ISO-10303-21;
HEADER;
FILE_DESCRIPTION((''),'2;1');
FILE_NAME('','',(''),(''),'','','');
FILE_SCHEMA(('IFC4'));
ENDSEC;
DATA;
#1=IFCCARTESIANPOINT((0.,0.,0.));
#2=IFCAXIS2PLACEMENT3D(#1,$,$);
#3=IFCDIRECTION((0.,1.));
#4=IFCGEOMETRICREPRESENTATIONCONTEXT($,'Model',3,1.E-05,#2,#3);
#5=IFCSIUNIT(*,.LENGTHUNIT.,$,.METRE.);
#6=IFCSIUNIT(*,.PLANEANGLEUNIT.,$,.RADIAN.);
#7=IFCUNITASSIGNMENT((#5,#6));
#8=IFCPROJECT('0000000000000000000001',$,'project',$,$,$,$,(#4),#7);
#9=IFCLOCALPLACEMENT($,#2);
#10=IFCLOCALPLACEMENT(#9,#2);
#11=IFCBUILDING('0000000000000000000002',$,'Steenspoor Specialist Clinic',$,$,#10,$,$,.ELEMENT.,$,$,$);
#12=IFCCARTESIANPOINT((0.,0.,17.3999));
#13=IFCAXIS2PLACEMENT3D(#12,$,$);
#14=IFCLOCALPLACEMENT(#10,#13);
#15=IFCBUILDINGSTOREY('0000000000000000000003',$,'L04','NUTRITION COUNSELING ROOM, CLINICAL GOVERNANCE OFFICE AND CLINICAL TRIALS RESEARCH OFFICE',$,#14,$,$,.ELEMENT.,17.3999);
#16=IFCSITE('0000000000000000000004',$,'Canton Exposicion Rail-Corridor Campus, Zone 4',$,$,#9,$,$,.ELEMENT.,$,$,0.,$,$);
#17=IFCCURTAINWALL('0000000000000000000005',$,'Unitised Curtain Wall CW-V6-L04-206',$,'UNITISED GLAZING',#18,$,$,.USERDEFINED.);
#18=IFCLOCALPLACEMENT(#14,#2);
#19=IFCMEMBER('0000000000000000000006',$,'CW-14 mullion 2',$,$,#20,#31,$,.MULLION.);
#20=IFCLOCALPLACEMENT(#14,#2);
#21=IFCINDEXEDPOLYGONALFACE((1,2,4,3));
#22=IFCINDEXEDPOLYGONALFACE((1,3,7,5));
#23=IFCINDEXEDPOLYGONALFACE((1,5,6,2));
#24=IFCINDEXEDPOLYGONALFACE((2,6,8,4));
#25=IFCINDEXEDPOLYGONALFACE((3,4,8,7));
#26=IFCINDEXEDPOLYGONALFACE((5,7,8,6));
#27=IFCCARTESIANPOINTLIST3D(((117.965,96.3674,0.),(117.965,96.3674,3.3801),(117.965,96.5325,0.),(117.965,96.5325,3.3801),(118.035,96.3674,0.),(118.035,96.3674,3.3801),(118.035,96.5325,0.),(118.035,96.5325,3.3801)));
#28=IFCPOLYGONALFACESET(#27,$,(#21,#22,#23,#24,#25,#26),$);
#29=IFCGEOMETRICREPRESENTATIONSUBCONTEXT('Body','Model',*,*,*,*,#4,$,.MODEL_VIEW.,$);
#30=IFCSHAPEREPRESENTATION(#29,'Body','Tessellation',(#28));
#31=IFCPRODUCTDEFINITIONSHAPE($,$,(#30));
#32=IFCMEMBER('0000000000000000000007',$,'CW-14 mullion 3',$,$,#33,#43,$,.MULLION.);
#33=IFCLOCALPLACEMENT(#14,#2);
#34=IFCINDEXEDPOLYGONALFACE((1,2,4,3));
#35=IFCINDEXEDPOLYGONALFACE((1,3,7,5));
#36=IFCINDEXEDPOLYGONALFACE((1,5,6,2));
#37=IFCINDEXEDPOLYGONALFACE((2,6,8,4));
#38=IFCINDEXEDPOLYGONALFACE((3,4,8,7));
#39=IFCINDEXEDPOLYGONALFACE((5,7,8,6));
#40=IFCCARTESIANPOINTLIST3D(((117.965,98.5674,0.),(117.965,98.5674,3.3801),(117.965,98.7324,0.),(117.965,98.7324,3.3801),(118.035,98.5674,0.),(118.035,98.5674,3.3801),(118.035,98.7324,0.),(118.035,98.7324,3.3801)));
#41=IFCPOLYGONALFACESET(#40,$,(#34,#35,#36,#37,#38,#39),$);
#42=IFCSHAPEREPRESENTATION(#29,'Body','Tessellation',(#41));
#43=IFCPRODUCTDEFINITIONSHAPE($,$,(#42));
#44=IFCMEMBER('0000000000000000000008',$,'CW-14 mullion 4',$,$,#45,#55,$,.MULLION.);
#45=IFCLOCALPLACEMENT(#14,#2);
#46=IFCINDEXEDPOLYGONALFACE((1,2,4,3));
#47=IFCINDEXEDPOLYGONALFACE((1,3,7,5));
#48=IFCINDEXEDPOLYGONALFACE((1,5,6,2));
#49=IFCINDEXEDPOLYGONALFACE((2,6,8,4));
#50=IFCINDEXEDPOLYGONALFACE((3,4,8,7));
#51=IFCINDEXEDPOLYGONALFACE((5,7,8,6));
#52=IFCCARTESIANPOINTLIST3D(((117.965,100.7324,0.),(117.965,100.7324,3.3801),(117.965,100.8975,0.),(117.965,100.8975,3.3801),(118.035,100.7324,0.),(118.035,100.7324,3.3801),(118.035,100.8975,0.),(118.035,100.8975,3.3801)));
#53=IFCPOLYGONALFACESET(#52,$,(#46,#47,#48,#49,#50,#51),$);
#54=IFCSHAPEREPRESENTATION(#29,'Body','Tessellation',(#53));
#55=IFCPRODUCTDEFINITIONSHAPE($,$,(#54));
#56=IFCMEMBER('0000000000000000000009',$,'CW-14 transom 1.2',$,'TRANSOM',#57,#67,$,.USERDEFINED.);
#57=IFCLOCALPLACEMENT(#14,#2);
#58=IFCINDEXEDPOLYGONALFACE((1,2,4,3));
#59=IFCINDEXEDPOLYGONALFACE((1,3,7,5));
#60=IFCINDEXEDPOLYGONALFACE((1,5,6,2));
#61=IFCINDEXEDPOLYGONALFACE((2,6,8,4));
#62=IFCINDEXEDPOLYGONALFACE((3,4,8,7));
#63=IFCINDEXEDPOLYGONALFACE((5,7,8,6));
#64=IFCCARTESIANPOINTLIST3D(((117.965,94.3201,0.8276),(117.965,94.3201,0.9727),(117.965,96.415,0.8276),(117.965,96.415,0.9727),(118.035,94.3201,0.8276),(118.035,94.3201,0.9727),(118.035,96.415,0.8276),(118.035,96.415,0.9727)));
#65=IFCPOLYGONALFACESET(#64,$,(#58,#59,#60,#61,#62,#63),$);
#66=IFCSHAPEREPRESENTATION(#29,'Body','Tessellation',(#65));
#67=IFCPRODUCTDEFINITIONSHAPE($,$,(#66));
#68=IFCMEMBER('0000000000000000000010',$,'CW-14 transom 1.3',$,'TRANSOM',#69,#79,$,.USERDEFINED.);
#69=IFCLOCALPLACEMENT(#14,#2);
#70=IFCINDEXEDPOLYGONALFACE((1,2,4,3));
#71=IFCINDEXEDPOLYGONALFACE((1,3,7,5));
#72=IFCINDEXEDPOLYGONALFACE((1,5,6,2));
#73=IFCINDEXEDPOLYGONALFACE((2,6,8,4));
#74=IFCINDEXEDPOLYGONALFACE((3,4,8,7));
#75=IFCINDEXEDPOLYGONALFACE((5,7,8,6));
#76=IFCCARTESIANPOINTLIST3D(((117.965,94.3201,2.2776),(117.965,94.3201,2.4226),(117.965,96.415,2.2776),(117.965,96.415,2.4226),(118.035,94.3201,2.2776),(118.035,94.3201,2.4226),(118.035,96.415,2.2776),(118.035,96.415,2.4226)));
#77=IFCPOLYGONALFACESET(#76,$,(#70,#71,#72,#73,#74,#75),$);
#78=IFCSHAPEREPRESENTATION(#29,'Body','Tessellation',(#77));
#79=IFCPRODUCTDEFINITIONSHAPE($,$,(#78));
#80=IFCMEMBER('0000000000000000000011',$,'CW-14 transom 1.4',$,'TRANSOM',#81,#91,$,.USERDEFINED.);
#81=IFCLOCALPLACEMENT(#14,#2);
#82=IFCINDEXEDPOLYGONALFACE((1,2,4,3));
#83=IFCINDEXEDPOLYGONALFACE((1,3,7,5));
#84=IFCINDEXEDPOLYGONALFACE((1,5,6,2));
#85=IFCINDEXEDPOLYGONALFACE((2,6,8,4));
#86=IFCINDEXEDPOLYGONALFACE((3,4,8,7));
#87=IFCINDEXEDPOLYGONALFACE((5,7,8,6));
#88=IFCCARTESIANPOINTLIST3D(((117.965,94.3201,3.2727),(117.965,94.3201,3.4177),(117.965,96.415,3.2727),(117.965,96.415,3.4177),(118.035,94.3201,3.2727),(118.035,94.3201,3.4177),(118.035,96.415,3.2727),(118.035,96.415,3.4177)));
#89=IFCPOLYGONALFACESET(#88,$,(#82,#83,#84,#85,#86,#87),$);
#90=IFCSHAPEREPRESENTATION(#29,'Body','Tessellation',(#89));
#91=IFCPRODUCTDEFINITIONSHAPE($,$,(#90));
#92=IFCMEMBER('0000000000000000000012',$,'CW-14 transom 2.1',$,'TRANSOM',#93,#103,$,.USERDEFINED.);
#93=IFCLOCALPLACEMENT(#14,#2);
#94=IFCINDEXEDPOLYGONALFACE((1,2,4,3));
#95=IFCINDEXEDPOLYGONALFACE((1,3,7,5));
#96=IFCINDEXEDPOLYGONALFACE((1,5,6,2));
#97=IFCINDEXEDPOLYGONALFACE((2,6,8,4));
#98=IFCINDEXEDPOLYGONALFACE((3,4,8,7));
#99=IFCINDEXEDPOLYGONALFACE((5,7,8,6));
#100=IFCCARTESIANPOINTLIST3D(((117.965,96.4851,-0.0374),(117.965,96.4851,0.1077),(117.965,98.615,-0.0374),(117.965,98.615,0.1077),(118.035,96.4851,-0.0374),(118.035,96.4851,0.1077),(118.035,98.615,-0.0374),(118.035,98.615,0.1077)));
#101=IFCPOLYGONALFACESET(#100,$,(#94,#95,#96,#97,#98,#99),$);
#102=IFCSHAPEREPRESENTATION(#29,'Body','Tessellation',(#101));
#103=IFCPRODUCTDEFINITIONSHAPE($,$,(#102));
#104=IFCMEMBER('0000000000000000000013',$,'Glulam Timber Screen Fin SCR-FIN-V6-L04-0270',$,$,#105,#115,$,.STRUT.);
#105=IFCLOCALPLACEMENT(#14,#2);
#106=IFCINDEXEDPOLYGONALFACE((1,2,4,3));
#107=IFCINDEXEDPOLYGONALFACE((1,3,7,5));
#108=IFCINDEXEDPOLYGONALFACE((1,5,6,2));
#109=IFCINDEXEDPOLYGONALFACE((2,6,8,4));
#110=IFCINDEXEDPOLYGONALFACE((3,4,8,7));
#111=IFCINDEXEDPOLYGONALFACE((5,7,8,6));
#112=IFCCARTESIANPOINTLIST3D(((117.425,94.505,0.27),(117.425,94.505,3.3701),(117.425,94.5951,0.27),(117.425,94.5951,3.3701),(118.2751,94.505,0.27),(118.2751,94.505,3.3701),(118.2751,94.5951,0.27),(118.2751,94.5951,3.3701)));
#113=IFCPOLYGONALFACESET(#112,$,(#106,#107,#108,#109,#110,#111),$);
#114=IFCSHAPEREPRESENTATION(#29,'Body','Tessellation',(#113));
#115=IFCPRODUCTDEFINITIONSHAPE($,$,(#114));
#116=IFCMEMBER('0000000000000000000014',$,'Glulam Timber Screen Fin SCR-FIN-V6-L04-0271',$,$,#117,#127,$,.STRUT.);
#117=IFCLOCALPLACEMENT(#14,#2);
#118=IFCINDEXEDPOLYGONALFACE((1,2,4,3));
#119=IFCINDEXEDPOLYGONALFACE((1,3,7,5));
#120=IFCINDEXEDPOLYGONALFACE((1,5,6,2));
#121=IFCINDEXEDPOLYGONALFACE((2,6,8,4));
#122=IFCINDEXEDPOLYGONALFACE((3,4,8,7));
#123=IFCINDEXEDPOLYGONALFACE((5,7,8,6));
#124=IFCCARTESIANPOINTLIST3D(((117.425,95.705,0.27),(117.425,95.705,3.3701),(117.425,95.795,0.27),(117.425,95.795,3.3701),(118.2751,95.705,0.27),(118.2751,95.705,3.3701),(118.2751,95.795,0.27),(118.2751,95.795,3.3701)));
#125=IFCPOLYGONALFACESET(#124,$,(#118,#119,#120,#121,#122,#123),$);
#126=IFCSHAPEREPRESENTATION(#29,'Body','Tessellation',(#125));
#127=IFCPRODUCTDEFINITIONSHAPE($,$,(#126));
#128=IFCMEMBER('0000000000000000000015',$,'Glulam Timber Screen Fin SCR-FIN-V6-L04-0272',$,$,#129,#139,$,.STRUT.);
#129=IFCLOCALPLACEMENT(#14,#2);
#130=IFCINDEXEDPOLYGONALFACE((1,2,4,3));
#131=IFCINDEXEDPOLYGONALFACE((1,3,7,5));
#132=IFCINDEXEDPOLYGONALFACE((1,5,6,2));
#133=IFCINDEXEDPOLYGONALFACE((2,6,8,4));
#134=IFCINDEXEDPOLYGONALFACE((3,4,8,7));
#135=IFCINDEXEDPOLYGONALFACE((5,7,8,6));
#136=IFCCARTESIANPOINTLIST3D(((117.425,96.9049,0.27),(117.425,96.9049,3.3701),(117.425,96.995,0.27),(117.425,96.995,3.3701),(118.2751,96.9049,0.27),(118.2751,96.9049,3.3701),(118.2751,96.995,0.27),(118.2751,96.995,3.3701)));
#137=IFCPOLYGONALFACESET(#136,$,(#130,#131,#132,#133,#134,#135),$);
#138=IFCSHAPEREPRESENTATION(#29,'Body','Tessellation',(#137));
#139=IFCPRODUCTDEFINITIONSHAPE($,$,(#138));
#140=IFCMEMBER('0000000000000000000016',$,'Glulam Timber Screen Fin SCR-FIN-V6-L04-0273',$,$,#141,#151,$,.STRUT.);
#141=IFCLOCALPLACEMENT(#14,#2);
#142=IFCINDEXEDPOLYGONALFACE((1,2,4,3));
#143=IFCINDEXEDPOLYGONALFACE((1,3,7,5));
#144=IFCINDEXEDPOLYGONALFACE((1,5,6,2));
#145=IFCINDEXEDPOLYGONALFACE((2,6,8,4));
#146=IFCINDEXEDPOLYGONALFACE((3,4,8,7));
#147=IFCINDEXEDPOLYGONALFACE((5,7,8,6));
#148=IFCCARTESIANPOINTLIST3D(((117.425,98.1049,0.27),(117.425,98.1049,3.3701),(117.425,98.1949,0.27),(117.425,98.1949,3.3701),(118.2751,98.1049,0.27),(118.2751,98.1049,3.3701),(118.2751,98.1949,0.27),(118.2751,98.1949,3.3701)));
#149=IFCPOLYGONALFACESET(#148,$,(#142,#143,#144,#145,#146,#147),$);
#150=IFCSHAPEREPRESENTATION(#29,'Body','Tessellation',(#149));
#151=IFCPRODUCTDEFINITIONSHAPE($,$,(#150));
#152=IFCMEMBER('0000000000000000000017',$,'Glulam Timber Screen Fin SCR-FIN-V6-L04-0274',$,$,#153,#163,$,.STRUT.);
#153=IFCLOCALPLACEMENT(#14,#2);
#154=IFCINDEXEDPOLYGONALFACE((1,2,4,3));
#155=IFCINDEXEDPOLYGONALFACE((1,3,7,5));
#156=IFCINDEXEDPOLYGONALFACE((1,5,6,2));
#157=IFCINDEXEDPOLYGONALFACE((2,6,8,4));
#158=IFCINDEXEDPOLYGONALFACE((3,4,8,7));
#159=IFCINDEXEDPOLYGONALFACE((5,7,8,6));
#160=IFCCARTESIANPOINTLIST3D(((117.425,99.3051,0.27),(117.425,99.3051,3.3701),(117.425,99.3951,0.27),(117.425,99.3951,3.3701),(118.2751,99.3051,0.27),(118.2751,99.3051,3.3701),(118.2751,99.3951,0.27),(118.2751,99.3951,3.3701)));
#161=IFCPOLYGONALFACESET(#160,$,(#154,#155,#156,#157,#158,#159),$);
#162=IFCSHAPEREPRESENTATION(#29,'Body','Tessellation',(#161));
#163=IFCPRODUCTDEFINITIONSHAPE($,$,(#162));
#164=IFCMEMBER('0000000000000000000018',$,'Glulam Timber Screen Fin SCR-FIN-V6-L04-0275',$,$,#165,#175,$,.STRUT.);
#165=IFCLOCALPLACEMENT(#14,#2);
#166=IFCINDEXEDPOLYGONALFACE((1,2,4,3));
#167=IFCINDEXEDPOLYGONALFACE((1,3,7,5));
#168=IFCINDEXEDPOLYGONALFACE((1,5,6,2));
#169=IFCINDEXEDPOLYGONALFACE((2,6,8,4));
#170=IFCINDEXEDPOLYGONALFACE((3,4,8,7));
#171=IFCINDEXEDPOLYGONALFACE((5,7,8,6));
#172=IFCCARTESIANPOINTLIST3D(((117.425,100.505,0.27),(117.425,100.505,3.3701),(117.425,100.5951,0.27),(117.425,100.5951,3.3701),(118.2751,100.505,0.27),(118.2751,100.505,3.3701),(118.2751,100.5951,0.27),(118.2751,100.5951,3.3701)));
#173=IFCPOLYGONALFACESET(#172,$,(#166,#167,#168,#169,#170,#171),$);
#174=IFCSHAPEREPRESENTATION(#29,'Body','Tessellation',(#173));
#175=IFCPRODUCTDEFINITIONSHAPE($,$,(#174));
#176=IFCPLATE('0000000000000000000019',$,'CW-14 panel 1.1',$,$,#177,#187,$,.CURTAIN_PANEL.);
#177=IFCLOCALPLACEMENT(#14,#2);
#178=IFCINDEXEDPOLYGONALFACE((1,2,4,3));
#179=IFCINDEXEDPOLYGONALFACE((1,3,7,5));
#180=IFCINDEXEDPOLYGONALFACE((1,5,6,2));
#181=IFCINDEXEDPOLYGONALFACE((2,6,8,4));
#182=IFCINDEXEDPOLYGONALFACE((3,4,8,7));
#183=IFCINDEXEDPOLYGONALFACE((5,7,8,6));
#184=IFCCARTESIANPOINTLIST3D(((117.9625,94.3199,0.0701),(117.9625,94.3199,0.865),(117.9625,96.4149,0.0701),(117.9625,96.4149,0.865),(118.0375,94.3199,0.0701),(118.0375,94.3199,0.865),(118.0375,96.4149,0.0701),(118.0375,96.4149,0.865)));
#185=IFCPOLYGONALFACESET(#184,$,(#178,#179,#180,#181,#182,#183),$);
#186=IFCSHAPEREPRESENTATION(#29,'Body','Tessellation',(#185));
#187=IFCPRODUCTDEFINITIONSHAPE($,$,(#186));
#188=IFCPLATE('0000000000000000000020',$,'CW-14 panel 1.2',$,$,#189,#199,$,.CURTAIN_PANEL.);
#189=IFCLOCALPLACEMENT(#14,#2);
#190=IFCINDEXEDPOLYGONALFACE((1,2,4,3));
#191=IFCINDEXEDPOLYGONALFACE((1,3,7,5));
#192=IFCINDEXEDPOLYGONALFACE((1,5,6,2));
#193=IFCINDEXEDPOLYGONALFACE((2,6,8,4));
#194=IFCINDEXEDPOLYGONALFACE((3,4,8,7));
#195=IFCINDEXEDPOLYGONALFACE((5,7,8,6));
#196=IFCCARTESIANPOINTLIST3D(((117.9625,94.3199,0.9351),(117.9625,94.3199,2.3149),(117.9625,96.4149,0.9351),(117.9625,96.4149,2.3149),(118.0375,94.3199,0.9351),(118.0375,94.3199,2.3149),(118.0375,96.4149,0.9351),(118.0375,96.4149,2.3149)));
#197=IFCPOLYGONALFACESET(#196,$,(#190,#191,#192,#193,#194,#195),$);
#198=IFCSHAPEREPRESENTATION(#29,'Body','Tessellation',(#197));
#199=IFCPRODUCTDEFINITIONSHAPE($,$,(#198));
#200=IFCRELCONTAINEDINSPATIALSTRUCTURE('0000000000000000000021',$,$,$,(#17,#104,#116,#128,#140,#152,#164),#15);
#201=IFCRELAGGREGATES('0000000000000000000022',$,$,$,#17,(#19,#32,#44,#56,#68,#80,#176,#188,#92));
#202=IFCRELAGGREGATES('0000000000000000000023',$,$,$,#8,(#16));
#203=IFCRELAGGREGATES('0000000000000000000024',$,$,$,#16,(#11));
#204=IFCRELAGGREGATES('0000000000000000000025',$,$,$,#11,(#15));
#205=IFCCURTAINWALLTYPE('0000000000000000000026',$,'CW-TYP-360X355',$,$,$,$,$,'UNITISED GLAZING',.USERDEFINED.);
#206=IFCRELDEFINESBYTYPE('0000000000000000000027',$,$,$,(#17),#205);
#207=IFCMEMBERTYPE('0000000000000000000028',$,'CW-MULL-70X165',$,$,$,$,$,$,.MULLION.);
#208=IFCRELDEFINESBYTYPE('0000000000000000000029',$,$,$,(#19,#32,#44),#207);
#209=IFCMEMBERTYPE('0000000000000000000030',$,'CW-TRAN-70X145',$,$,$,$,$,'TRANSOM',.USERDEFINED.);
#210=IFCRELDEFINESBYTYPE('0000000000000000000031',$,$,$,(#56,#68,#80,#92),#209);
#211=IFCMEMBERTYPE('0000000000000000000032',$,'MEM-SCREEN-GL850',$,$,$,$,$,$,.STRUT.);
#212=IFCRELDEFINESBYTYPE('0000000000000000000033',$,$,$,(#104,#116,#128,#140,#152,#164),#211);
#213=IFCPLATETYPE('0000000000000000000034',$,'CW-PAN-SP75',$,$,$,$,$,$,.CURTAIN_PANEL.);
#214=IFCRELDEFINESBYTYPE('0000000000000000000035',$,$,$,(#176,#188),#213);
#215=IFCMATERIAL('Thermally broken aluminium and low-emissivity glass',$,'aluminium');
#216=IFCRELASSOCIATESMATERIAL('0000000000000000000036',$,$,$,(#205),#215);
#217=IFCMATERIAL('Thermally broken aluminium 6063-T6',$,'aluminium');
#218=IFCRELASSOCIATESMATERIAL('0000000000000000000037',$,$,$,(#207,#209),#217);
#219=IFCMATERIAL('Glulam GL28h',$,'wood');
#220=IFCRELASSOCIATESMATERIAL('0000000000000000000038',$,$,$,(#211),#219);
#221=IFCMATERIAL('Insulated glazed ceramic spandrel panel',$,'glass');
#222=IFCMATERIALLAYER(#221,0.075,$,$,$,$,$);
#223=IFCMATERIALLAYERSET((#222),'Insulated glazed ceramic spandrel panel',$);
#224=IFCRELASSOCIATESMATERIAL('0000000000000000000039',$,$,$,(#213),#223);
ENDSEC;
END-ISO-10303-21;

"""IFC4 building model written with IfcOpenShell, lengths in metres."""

from ifc_helpers import new_model, si_unit, direction, frame, origin, origin_2d, place, context, subcontext, project, spatial, rectangle, extrude, material, layer, layer_set, material_profile, profile_set, type_object, element, aggregate, save


model = new_model("IFC4")

# Units and contexts
model_context = context("Model", 3, precision=1e-05, world=origin(), true_north=direction((0.0, 1.0)))
body_context = subcontext(model_context, "Body", "Model", "MODEL_VIEW")
ifc_project = project(units=[si_unit("LENGTHUNIT", "METRE"), si_unit("PLANEANGLEUNIT", "RADIAN")], contexts=[model_context])

# Site, building, storey
site_placement = place(None, origin())
site = spatial("IfcSite", under=ifc_project, at=site_placement, Name="Canton Exposicion Rail-Corridor Campus, Zone 4", CompositionType="ELEMENT", RefElevation=0.0)
building_placement = place(site_placement, origin())
building = spatial("IfcBuilding", under=site, at=building_placement, Name="Steenspoor Specialist Clinic", CompositionType="ELEMENT")
storey_placement = place(building_placement, frame((0.0, 0.0, 17.3999)))
storey = spatial("IfcBuildingStorey", under=building, at=storey_placement, Name="L04", Description="NUTRITION COUNSELING ROOM, CLINICAL GOVERNANCE OFFICE AND CLINICAL TRIALS RESEARCH OFFICE", CompositionType="ELEMENT", Elevation=17.3999)

# Curtain wall, members
ifc_material_1 = material(Name="Thermally broken aluminium and low-emissivity glass", Category="aluminium")
curtain_wall_type = type_object("IfcCurtainWallType", Name="CW-TYP-360X355", ElementType="UNITISED GLAZING", PredefinedType="USERDEFINED", material=ifc_material_1)
curtain_wall_placement = place(storey_placement, origin())
curtain_wall = element("IfcCurtainWall", 1, at=curtain_wall_placement, inside=storey, type_object=curtain_wall_type, Name="Unitised Curtain Wall CW-V6-L04-206", ObjectType="UNITISED GLAZING", PredefinedType="USERDEFINED")
ifc_material_2 = material(Name="Thermally broken aluminium 6063-T6", Category="aluminium")
ifc_material_profile_1 = material_profile(ifc_material_2, rectangle(XDim=0.0701, YDim=0.165, at=origin_2d()), Name="CWM-70X165")
ifc_profile_set_1 = profile_set([ifc_material_profile_1], Name="Thermally broken aluminium 6063-T6")
member_type_1 = type_object("IfcMemberType", Name="CW-MULL-70X165", PredefinedType="MULLION", material=ifc_profile_set_1)
member_1_placement = place(storey_placement, frame((118.0, 96.45, 0.0), z_axis=(0.0, 0.0, 1.0), x_axis=(-1.0, 0.0, 0.0)))
member_1 = element("IfcMember", 2, at=member_1_placement, type_object=member_type_1, Name="CW-14 mullion 2", PredefinedType="MULLION", context=body_context, shape_type="SweptSolid", body=[
    extrude(rectangle(XDim=0.0701, YDim=0.165, at=origin_2d()), origin(), (0.0, 0.0, 1.0), 3.3801),
])
member_2_placement = place(storey_placement, frame((118.0, 98.6499, 0.0), z_axis=(0.0, 0.0, 1.0), x_axis=(-1.0, 0.0, 0.0)))
member_2 = element("IfcMember", 3, at=member_2_placement, type_object=member_type_1, Name="CW-14 mullion 3", PredefinedType="MULLION", context=body_context, shape_type="SweptSolid", body=[
    extrude(rectangle(XDim=0.0701, YDim=0.165, at=origin_2d()), origin(), (0.0, 0.0, 1.0), 3.3801),
])
member_3_placement = place(storey_placement, frame((118.0, 100.8149, 0.0), z_axis=(0.0, 0.0, 1.0), x_axis=(-1.0, 0.0, 0.0)))
member_3 = element("IfcMember", 4, at=member_3_placement, type_object=member_type_1, Name="CW-14 mullion 4", PredefinedType="MULLION", context=body_context, shape_type="SweptSolid", body=[
    extrude(rectangle(XDim=0.0701, YDim=0.165, at=origin_2d()), origin(), (0.0, 0.0, 1.0), 3.3801),
])
ifc_material_profile_2 = material_profile(ifc_material_2, rectangle(XDim=0.0701, YDim=0.145, at=origin_2d()), Name="CWT-70X145")
ifc_profile_set_2 = profile_set([ifc_material_profile_2], Name="Thermally broken aluminium 6063-T6")
member_type_2 = type_object("IfcMemberType", Name="CW-TRAN-70X145", ElementType="TRANSOM", PredefinedType="USERDEFINED", material=ifc_profile_set_2)
member_4_placement = place(storey_placement, frame((118.0, 94.3201, 0.9001), z_axis=(0.0, 1.0, 0.0), x_axis=(-1.0, 0.0, 0.0)))
member_4 = element("IfcMember", 5, at=member_4_placement, type_object=member_type_2, Name="CW-14 transom 1.2", ObjectType="TRANSOM", PredefinedType="USERDEFINED", context=body_context, shape_type="SweptSolid", body=[
    extrude(rectangle(XDim=0.0701, YDim=0.145, at=origin_2d()), origin(), (0.0, 0.0, 1.0), 2.095),
])
member_5_placement = place(storey_placement, frame((118.0, 94.3201, 2.3501), z_axis=(0.0, 1.0, 0.0), x_axis=(-1.0, 0.0, 0.0)))
member_5 = element("IfcMember", 6, at=member_5_placement, type_object=member_type_2, Name="CW-14 transom 1.3", ObjectType="TRANSOM", PredefinedType="USERDEFINED", context=body_context, shape_type="SweptSolid", body=[
    extrude(rectangle(XDim=0.0701, YDim=0.145, at=origin_2d()), origin(), (0.0, 0.0, 1.0), 2.095),
])
member_6_placement = place(storey_placement, frame((118.0, 94.3201, 3.3452), z_axis=(0.0, 1.0, 0.0), x_axis=(-1.0, 0.0, 0.0)))
member_6 = element("IfcMember", 7, at=member_6_placement, type_object=member_type_2, Name="CW-14 transom 1.4", ObjectType="TRANSOM", PredefinedType="USERDEFINED", context=body_context, shape_type="SweptSolid", body=[
    extrude(rectangle(XDim=0.0701, YDim=0.145, at=origin_2d()), origin(), (0.0, 0.0, 1.0), 2.095),
])
member_7_placement = place(storey_placement, frame((118.0, 96.4851, 0.0352), z_axis=(0.0, 1.0, 0.0), x_axis=(-1.0, 0.0, 0.0)))
member_7 = element("IfcMember", 8, at=member_7_placement, type_object=member_type_2, Name="CW-14 transom 2.1", ObjectType="TRANSOM", PredefinedType="USERDEFINED", context=body_context, shape_type="SweptSolid", body=[
    extrude(rectangle(XDim=0.0701, YDim=0.145, at=origin_2d()), origin(), (0.0, 0.0, 1.0), 2.1299),
])

# Members
ifc_material_3 = material(Name="Glulam GL28h", Category="wood")
ifc_material_profile_3 = material_profile(ifc_material_3, rectangle(XDim=0.0901, YDim=0.8501, at=origin_2d()), Name="GL28H-90X850")
ifc_profile_set_3 = profile_set([ifc_material_profile_3], Name="Glulam GL28h")
member_type_3 = type_object("IfcMemberType", Name="MEM-SCREEN-GL850", PredefinedType="STRUT", material=ifc_profile_set_3)
for number, where, z_axis, x_axis, name in (
    (9, (117.8501, 94.55, 0.27), (0.0, 0.0, 1.0), (0.0, 1.0, 0.0), "Glulam Timber Screen Fin SCR-FIN-V6-L04-0270"),
    (10, (117.8501, 95.75, 0.27), (0.0, 0.0, 1.0), (0.0, 1.0, 0.0), "Glulam Timber Screen Fin SCR-FIN-V6-L04-0271"),
    (11, (117.8501, 96.95, 0.27), (0.0, 0.0, 1.0), (0.0, 1.0, 0.0), "Glulam Timber Screen Fin SCR-FIN-V6-L04-0272"),
    (12, (117.8501, 98.1499, 0.27), (0.0, 0.0, 1.0), (0.0, 1.0, 0.0), "Glulam Timber Screen Fin SCR-FIN-V6-L04-0273"),
    (13, (117.8501, 99.3501, 0.27), (0.0, 0.0, 1.0), (0.0, 1.0, 0.0), "Glulam Timber Screen Fin SCR-FIN-V6-L04-0274"),
    (14, (117.8501, 100.55, 0.27), (0.0, 0.0, 1.0), (0.0, 1.0, 0.0), "Glulam Timber Screen Fin SCR-FIN-V6-L04-0275"),
):
    element("IfcMember", number, at=place(storey_placement, frame(where, z_axis=z_axis, x_axis=x_axis)), inside=storey, type_object=member_type_3, Name=name, PredefinedType="STRUT", context=body_context, shape_type="SweptSolid", body=[
        extrude(rectangle(XDim=0.0901, YDim=0.8501, at=origin_2d()), origin(), (0.0, 0.0, 1.0), 3.1001),
    ])

# Plates
ifc_material_4 = material(Name="Insulated glazed ceramic spandrel panel", Category="glass")
ifc_layer_1 = layer(ifc_material_4, 0.075)
ifc_layer_set_1 = layer_set([ifc_layer_1], Name="Insulated glazed ceramic spandrel panel")
plate_type = type_object("IfcPlateType", Name="CW-PAN-SP75", PredefinedType="CURTAIN_PANEL", material=ifc_layer_set_1)
plate_1_placement = place(storey_placement, frame((118.0, 95.3674, 0.0701), z_axis=(0.0, 0.0, 1.0), x_axis=(0.0, 1.0, 0.0)))
plate_1 = element("IfcPlate", 15, at=plate_1_placement, type_object=plate_type, Name="CW-14 panel 1.1", PredefinedType="CURTAIN_PANEL", context=body_context, shape_type="SweptSolid", body=[
    extrude(rectangle(XDim=2.095, YDim=0.075, at=origin_2d()), origin(), (0.0, 0.0, 1.0), 0.7949),
])
plate_2_placement = place(storey_placement, frame((118.0, 95.3674, 0.9351), z_axis=(0.0, 0.0, 1.0), x_axis=(0.0, 1.0, 0.0)))
plate_2 = element("IfcPlate", 16, at=plate_2_placement, type_object=plate_type, Name="CW-14 panel 1.2", PredefinedType="CURTAIN_PANEL", context=body_context, shape_type="SweptSolid", body=[
    extrude(rectangle(XDim=2.095, YDim=0.075, at=origin_2d()), origin(), (0.0, 0.0, 1.0), 1.3799),
])
aggregate(curtain_wall, [member_1, member_2, member_3, member_4, member_5, member_6, plate_1, plate_2, member_7])

save(model, "model.ifc")
